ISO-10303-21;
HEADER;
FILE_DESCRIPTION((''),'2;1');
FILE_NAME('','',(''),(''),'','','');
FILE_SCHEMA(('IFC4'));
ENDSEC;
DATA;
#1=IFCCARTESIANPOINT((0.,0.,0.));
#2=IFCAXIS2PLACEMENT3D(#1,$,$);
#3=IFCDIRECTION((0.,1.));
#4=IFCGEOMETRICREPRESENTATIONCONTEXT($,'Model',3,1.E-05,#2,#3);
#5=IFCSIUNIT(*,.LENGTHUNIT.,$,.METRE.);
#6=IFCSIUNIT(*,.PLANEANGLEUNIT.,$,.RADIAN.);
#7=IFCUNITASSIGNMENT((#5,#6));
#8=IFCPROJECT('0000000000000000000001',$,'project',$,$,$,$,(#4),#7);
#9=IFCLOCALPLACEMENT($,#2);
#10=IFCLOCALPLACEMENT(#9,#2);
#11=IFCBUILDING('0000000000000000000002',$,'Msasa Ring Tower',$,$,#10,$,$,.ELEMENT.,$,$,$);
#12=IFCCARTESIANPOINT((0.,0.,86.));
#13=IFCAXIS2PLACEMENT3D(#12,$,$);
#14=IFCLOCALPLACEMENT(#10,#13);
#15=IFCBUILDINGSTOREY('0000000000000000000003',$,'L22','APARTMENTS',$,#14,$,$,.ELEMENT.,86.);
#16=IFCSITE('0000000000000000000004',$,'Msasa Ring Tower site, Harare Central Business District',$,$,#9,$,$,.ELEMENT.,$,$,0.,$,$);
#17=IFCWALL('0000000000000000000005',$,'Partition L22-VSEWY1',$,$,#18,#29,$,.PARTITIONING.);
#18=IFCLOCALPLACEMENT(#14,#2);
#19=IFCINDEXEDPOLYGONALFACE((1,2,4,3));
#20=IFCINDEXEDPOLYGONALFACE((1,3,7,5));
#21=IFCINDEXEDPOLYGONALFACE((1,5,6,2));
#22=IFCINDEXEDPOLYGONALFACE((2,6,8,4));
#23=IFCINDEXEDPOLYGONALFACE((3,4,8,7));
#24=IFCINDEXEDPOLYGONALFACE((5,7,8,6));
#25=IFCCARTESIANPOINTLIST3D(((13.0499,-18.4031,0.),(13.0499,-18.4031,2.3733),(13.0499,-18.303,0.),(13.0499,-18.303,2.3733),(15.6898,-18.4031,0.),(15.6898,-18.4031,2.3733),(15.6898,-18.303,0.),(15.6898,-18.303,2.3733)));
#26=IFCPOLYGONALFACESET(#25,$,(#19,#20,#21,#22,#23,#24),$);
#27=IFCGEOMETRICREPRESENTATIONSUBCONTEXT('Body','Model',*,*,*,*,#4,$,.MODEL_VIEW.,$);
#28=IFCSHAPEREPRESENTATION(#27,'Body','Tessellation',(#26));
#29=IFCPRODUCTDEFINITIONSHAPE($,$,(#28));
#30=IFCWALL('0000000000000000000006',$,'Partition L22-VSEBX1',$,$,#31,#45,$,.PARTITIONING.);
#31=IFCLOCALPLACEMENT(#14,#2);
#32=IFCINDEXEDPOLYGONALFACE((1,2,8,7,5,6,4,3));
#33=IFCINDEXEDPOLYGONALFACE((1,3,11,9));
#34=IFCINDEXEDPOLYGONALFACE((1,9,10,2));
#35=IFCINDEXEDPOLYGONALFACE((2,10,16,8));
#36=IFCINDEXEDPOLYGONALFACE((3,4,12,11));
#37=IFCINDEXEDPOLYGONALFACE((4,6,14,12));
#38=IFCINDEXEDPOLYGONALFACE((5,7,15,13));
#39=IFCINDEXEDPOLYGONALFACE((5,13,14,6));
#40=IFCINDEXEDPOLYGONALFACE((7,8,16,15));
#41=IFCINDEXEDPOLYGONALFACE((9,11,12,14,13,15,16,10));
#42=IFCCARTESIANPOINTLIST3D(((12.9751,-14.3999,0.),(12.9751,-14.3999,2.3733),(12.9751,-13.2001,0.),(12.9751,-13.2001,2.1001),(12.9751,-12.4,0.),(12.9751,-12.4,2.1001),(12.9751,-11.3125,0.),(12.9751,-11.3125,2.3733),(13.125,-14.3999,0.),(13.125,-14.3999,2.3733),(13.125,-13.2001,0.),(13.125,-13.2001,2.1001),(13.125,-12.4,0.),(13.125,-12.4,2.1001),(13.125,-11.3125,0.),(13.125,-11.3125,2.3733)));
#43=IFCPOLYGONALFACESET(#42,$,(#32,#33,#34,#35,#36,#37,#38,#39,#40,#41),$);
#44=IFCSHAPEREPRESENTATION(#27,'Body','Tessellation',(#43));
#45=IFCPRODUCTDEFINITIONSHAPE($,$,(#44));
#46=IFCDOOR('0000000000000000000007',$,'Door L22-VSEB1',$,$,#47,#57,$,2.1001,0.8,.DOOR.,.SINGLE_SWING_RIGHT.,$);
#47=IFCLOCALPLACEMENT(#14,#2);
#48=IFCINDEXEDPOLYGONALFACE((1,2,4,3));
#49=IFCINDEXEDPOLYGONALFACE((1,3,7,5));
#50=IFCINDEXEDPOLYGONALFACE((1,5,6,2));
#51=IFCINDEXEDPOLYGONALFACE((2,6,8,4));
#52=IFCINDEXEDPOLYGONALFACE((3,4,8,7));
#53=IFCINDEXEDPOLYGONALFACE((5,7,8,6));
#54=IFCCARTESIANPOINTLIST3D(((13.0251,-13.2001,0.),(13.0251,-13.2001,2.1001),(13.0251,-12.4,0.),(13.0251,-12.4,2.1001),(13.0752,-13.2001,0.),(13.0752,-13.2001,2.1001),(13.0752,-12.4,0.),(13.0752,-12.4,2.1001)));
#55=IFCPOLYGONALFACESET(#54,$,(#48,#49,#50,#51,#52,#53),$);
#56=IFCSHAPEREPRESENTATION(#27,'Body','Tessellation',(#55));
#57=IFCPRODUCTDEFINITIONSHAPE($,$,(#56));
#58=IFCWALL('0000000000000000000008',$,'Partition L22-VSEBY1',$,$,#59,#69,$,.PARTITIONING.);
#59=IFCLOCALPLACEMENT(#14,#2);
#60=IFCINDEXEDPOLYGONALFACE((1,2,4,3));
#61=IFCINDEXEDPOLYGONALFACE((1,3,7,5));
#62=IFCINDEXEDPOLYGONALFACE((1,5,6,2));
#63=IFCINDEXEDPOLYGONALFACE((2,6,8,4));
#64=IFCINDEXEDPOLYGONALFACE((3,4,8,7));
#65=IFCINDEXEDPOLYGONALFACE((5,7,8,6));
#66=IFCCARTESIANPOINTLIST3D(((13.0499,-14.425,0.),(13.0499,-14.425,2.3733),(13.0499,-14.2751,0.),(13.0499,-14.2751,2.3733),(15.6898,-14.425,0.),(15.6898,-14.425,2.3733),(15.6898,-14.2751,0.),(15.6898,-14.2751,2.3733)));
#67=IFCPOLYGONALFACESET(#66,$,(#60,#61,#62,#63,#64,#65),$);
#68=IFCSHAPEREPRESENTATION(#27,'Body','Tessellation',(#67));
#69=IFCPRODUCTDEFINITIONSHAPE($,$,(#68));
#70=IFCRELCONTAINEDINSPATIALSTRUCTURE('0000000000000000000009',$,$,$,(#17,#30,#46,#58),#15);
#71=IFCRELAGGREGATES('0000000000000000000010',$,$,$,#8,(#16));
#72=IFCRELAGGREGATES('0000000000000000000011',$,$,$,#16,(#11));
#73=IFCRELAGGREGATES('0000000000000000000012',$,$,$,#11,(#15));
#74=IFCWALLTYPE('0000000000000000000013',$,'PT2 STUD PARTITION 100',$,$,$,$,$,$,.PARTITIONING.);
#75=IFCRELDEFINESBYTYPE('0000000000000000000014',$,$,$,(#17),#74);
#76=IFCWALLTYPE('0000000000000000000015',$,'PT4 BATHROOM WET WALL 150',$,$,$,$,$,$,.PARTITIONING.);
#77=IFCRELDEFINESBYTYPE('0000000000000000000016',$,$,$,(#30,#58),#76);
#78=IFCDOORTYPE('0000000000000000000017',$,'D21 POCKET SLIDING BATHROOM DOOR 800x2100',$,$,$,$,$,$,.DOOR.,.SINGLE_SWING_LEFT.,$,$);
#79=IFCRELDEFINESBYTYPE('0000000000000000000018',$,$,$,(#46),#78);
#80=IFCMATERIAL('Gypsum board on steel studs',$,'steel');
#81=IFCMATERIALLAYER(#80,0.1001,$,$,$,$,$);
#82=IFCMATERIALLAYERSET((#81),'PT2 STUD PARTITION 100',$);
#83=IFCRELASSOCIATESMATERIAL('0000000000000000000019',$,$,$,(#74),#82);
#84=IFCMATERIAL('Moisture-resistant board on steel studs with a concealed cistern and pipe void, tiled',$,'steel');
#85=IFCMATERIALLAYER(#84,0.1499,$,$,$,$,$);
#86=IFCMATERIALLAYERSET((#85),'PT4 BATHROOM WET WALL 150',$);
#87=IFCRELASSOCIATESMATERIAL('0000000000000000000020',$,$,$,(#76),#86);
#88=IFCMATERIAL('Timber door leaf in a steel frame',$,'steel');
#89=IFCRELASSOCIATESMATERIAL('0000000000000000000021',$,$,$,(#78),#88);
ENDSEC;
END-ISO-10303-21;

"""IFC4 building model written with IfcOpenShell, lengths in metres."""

from ifc_helpers import new_model, si_unit, direction, frame, frame_2d, origin, place, context, subcontext, project, spatial, rectangle, extrude, material, layer, layer_set, type_object, element, fill, save


model = new_model("IFC4")

# Units and contexts
model_context = context("Model", 3, precision=1e-05, world=origin(), true_north=direction((0.0, 1.0)))
body_context = subcontext(model_context, "Body", "Model", "MODEL_VIEW")
ifc_project = project(units=[si_unit("LENGTHUNIT", "METRE"), si_unit("PLANEANGLEUNIT", "RADIAN")], contexts=[model_context])

# Site, building, storey
site_placement = place(None, origin())
site = spatial("IfcSite", under=ifc_project, at=site_placement, Name="Msasa Ring Tower site, Harare Central Business District", CompositionType="ELEMENT", RefElevation=0.0)
building_placement = place(site_placement, origin())
building = spatial("IfcBuilding", under=site, at=building_placement, Name="Msasa Ring Tower", CompositionType="ELEMENT")
storey_placement = place(building_placement, frame((0.0, 0.0, 86.0)))
storey = spatial("IfcBuildingStorey", under=building, at=storey_placement, Name="L22", Description="APARTMENTS", CompositionType="ELEMENT", Elevation=86.0)

# Shared definitions
ifc_material_1 = material(Name="Gypsum board on steel studs", Category="steel")
ifc_layer_1 = layer(ifc_material_1, 0.1001)
ifc_layer_set_1 = layer_set([ifc_layer_1], Name="PT2 STUD PARTITION 100")
wall_type_1 = type_object("IfcWallType", Name="PT2 STUD PARTITION 100", PredefinedType="PARTITIONING", material=ifc_layer_set_1)

# Wall
wall_1_placement = place(storey_placement, frame((13.05, -18.353, 0.0), z_axis=(0.0, 0.0, 1.0), x_axis=(1.0, 0.0, 0.0)))
element("IfcWall", 1, at=wall_1_placement, inside=storey, type_object=wall_type_1, Name="Partition L22-VSEWY1", PredefinedType="PARTITIONING", context=body_context, shape_type="SweptSolid", body=[
    extrude(rectangle(XDim=2.6399, YDim=0.1001, at=frame_2d((1.3198, 0.0))), origin(), (0.0, 0.0, 1.0), 2.3733),
])

# Wall, opening, door
ifc_material_2 = material(Name="Moisture-resistant board on steel studs with a concealed cistern and pipe void, tiled", Category="steel")
ifc_layer_2 = layer(ifc_material_2, 0.1499)
ifc_layer_set_2 = layer_set([ifc_layer_2], Name="PT4 BATHROOM WET WALL 150")
wall_type_2 = type_object("IfcWallType", Name="PT4 BATHROOM WET WALL 150", PredefinedType="PARTITIONING", material=ifc_layer_set_2)
wall_2_placement = place(storey_placement, frame((13.05, -14.3999, 0.0), z_axis=(0.0, 0.0, 1.0), x_axis=(0.0, 1.0, 0.0)))
wall_2 = element("IfcWall", 2, at=wall_2_placement, inside=storey, type_object=wall_type_2, Name="Partition L22-VSEBX1", PredefinedType="PARTITIONING", context=body_context, shape_type="SweptSolid", body=[
    extrude(rectangle(XDim=3.0874, YDim=0.1499, at=frame_2d((1.5437, 0.0))), origin(), (0.0, 0.0, 1.0), 2.3733),
])
opening_1_placement = place(wall_2_placement, frame((1.2, 0.0, 0.0)))
opening_1 = element("IfcOpeningElement", 3, at=opening_1_placement, cuts=wall_2, PredefinedType="OPENING", context=body_context, shape_type="SweptSolid", body=[
    extrude(rectangle(XDim=0.8, YDim=2.1001, at=frame_2d((0.3999, 1.05))), frame((0.0, 0.085, 0.0), z_axis=(0.0, -1.0, 0.0), x_axis=(1.0, 0.0, 0.0)), (0.0, 0.0, 1.0), 0.1699),
])
ifc_material_3 = material(Name="Timber door leaf in a steel frame", Category="steel")
door_type_1 = type_object("IfcDoorType", Name="D21 POCKET SLIDING BATHROOM DOOR 800x2100", OperationType="SINGLE_SWING_LEFT", PredefinedType="DOOR", material=ifc_material_3)
door_1_placement = place(opening_1_placement, origin())
door_1 = element("IfcDoor", 4, at=door_1_placement, inside=storey, type_object=door_type_1, Name="Door L22-VSEB1", OperationType="SINGLE_SWING_RIGHT", OverallHeight=2.1001, OverallWidth=0.8, PredefinedType="DOOR", context=body_context, shape_type="SweptSolid", body=[
    extrude(rectangle(XDim=0.8, YDim=2.1001, at=frame_2d((0.3999, 1.05))), frame((0.0, 0.0249, 0.0), z_axis=(0.0, -1.0, 0.0), x_axis=(1.0, 0.0, 0.0)), (0.0, 0.0, 1.0), 0.05),
])
fill(opening_1, door_1)

# Wall
wall_3_placement = place(storey_placement, frame((13.05, -14.3501, 0.0), z_axis=(0.0, 0.0, 1.0), x_axis=(1.0, 0.0, 0.0)))
element("IfcWall", 5, at=wall_3_placement, inside=storey, type_object=wall_type_2, Name="Partition L22-VSEBY1", PredefinedType="PARTITIONING", context=body_context, shape_type="SweptSolid", body=[
    extrude(rectangle(XDim=2.6399, YDim=0.1499, at=frame_2d((1.3198, 0.0))), origin(), (0.0, 0.0, 1.0), 2.3733),
])

save(model, "model.ifc")
